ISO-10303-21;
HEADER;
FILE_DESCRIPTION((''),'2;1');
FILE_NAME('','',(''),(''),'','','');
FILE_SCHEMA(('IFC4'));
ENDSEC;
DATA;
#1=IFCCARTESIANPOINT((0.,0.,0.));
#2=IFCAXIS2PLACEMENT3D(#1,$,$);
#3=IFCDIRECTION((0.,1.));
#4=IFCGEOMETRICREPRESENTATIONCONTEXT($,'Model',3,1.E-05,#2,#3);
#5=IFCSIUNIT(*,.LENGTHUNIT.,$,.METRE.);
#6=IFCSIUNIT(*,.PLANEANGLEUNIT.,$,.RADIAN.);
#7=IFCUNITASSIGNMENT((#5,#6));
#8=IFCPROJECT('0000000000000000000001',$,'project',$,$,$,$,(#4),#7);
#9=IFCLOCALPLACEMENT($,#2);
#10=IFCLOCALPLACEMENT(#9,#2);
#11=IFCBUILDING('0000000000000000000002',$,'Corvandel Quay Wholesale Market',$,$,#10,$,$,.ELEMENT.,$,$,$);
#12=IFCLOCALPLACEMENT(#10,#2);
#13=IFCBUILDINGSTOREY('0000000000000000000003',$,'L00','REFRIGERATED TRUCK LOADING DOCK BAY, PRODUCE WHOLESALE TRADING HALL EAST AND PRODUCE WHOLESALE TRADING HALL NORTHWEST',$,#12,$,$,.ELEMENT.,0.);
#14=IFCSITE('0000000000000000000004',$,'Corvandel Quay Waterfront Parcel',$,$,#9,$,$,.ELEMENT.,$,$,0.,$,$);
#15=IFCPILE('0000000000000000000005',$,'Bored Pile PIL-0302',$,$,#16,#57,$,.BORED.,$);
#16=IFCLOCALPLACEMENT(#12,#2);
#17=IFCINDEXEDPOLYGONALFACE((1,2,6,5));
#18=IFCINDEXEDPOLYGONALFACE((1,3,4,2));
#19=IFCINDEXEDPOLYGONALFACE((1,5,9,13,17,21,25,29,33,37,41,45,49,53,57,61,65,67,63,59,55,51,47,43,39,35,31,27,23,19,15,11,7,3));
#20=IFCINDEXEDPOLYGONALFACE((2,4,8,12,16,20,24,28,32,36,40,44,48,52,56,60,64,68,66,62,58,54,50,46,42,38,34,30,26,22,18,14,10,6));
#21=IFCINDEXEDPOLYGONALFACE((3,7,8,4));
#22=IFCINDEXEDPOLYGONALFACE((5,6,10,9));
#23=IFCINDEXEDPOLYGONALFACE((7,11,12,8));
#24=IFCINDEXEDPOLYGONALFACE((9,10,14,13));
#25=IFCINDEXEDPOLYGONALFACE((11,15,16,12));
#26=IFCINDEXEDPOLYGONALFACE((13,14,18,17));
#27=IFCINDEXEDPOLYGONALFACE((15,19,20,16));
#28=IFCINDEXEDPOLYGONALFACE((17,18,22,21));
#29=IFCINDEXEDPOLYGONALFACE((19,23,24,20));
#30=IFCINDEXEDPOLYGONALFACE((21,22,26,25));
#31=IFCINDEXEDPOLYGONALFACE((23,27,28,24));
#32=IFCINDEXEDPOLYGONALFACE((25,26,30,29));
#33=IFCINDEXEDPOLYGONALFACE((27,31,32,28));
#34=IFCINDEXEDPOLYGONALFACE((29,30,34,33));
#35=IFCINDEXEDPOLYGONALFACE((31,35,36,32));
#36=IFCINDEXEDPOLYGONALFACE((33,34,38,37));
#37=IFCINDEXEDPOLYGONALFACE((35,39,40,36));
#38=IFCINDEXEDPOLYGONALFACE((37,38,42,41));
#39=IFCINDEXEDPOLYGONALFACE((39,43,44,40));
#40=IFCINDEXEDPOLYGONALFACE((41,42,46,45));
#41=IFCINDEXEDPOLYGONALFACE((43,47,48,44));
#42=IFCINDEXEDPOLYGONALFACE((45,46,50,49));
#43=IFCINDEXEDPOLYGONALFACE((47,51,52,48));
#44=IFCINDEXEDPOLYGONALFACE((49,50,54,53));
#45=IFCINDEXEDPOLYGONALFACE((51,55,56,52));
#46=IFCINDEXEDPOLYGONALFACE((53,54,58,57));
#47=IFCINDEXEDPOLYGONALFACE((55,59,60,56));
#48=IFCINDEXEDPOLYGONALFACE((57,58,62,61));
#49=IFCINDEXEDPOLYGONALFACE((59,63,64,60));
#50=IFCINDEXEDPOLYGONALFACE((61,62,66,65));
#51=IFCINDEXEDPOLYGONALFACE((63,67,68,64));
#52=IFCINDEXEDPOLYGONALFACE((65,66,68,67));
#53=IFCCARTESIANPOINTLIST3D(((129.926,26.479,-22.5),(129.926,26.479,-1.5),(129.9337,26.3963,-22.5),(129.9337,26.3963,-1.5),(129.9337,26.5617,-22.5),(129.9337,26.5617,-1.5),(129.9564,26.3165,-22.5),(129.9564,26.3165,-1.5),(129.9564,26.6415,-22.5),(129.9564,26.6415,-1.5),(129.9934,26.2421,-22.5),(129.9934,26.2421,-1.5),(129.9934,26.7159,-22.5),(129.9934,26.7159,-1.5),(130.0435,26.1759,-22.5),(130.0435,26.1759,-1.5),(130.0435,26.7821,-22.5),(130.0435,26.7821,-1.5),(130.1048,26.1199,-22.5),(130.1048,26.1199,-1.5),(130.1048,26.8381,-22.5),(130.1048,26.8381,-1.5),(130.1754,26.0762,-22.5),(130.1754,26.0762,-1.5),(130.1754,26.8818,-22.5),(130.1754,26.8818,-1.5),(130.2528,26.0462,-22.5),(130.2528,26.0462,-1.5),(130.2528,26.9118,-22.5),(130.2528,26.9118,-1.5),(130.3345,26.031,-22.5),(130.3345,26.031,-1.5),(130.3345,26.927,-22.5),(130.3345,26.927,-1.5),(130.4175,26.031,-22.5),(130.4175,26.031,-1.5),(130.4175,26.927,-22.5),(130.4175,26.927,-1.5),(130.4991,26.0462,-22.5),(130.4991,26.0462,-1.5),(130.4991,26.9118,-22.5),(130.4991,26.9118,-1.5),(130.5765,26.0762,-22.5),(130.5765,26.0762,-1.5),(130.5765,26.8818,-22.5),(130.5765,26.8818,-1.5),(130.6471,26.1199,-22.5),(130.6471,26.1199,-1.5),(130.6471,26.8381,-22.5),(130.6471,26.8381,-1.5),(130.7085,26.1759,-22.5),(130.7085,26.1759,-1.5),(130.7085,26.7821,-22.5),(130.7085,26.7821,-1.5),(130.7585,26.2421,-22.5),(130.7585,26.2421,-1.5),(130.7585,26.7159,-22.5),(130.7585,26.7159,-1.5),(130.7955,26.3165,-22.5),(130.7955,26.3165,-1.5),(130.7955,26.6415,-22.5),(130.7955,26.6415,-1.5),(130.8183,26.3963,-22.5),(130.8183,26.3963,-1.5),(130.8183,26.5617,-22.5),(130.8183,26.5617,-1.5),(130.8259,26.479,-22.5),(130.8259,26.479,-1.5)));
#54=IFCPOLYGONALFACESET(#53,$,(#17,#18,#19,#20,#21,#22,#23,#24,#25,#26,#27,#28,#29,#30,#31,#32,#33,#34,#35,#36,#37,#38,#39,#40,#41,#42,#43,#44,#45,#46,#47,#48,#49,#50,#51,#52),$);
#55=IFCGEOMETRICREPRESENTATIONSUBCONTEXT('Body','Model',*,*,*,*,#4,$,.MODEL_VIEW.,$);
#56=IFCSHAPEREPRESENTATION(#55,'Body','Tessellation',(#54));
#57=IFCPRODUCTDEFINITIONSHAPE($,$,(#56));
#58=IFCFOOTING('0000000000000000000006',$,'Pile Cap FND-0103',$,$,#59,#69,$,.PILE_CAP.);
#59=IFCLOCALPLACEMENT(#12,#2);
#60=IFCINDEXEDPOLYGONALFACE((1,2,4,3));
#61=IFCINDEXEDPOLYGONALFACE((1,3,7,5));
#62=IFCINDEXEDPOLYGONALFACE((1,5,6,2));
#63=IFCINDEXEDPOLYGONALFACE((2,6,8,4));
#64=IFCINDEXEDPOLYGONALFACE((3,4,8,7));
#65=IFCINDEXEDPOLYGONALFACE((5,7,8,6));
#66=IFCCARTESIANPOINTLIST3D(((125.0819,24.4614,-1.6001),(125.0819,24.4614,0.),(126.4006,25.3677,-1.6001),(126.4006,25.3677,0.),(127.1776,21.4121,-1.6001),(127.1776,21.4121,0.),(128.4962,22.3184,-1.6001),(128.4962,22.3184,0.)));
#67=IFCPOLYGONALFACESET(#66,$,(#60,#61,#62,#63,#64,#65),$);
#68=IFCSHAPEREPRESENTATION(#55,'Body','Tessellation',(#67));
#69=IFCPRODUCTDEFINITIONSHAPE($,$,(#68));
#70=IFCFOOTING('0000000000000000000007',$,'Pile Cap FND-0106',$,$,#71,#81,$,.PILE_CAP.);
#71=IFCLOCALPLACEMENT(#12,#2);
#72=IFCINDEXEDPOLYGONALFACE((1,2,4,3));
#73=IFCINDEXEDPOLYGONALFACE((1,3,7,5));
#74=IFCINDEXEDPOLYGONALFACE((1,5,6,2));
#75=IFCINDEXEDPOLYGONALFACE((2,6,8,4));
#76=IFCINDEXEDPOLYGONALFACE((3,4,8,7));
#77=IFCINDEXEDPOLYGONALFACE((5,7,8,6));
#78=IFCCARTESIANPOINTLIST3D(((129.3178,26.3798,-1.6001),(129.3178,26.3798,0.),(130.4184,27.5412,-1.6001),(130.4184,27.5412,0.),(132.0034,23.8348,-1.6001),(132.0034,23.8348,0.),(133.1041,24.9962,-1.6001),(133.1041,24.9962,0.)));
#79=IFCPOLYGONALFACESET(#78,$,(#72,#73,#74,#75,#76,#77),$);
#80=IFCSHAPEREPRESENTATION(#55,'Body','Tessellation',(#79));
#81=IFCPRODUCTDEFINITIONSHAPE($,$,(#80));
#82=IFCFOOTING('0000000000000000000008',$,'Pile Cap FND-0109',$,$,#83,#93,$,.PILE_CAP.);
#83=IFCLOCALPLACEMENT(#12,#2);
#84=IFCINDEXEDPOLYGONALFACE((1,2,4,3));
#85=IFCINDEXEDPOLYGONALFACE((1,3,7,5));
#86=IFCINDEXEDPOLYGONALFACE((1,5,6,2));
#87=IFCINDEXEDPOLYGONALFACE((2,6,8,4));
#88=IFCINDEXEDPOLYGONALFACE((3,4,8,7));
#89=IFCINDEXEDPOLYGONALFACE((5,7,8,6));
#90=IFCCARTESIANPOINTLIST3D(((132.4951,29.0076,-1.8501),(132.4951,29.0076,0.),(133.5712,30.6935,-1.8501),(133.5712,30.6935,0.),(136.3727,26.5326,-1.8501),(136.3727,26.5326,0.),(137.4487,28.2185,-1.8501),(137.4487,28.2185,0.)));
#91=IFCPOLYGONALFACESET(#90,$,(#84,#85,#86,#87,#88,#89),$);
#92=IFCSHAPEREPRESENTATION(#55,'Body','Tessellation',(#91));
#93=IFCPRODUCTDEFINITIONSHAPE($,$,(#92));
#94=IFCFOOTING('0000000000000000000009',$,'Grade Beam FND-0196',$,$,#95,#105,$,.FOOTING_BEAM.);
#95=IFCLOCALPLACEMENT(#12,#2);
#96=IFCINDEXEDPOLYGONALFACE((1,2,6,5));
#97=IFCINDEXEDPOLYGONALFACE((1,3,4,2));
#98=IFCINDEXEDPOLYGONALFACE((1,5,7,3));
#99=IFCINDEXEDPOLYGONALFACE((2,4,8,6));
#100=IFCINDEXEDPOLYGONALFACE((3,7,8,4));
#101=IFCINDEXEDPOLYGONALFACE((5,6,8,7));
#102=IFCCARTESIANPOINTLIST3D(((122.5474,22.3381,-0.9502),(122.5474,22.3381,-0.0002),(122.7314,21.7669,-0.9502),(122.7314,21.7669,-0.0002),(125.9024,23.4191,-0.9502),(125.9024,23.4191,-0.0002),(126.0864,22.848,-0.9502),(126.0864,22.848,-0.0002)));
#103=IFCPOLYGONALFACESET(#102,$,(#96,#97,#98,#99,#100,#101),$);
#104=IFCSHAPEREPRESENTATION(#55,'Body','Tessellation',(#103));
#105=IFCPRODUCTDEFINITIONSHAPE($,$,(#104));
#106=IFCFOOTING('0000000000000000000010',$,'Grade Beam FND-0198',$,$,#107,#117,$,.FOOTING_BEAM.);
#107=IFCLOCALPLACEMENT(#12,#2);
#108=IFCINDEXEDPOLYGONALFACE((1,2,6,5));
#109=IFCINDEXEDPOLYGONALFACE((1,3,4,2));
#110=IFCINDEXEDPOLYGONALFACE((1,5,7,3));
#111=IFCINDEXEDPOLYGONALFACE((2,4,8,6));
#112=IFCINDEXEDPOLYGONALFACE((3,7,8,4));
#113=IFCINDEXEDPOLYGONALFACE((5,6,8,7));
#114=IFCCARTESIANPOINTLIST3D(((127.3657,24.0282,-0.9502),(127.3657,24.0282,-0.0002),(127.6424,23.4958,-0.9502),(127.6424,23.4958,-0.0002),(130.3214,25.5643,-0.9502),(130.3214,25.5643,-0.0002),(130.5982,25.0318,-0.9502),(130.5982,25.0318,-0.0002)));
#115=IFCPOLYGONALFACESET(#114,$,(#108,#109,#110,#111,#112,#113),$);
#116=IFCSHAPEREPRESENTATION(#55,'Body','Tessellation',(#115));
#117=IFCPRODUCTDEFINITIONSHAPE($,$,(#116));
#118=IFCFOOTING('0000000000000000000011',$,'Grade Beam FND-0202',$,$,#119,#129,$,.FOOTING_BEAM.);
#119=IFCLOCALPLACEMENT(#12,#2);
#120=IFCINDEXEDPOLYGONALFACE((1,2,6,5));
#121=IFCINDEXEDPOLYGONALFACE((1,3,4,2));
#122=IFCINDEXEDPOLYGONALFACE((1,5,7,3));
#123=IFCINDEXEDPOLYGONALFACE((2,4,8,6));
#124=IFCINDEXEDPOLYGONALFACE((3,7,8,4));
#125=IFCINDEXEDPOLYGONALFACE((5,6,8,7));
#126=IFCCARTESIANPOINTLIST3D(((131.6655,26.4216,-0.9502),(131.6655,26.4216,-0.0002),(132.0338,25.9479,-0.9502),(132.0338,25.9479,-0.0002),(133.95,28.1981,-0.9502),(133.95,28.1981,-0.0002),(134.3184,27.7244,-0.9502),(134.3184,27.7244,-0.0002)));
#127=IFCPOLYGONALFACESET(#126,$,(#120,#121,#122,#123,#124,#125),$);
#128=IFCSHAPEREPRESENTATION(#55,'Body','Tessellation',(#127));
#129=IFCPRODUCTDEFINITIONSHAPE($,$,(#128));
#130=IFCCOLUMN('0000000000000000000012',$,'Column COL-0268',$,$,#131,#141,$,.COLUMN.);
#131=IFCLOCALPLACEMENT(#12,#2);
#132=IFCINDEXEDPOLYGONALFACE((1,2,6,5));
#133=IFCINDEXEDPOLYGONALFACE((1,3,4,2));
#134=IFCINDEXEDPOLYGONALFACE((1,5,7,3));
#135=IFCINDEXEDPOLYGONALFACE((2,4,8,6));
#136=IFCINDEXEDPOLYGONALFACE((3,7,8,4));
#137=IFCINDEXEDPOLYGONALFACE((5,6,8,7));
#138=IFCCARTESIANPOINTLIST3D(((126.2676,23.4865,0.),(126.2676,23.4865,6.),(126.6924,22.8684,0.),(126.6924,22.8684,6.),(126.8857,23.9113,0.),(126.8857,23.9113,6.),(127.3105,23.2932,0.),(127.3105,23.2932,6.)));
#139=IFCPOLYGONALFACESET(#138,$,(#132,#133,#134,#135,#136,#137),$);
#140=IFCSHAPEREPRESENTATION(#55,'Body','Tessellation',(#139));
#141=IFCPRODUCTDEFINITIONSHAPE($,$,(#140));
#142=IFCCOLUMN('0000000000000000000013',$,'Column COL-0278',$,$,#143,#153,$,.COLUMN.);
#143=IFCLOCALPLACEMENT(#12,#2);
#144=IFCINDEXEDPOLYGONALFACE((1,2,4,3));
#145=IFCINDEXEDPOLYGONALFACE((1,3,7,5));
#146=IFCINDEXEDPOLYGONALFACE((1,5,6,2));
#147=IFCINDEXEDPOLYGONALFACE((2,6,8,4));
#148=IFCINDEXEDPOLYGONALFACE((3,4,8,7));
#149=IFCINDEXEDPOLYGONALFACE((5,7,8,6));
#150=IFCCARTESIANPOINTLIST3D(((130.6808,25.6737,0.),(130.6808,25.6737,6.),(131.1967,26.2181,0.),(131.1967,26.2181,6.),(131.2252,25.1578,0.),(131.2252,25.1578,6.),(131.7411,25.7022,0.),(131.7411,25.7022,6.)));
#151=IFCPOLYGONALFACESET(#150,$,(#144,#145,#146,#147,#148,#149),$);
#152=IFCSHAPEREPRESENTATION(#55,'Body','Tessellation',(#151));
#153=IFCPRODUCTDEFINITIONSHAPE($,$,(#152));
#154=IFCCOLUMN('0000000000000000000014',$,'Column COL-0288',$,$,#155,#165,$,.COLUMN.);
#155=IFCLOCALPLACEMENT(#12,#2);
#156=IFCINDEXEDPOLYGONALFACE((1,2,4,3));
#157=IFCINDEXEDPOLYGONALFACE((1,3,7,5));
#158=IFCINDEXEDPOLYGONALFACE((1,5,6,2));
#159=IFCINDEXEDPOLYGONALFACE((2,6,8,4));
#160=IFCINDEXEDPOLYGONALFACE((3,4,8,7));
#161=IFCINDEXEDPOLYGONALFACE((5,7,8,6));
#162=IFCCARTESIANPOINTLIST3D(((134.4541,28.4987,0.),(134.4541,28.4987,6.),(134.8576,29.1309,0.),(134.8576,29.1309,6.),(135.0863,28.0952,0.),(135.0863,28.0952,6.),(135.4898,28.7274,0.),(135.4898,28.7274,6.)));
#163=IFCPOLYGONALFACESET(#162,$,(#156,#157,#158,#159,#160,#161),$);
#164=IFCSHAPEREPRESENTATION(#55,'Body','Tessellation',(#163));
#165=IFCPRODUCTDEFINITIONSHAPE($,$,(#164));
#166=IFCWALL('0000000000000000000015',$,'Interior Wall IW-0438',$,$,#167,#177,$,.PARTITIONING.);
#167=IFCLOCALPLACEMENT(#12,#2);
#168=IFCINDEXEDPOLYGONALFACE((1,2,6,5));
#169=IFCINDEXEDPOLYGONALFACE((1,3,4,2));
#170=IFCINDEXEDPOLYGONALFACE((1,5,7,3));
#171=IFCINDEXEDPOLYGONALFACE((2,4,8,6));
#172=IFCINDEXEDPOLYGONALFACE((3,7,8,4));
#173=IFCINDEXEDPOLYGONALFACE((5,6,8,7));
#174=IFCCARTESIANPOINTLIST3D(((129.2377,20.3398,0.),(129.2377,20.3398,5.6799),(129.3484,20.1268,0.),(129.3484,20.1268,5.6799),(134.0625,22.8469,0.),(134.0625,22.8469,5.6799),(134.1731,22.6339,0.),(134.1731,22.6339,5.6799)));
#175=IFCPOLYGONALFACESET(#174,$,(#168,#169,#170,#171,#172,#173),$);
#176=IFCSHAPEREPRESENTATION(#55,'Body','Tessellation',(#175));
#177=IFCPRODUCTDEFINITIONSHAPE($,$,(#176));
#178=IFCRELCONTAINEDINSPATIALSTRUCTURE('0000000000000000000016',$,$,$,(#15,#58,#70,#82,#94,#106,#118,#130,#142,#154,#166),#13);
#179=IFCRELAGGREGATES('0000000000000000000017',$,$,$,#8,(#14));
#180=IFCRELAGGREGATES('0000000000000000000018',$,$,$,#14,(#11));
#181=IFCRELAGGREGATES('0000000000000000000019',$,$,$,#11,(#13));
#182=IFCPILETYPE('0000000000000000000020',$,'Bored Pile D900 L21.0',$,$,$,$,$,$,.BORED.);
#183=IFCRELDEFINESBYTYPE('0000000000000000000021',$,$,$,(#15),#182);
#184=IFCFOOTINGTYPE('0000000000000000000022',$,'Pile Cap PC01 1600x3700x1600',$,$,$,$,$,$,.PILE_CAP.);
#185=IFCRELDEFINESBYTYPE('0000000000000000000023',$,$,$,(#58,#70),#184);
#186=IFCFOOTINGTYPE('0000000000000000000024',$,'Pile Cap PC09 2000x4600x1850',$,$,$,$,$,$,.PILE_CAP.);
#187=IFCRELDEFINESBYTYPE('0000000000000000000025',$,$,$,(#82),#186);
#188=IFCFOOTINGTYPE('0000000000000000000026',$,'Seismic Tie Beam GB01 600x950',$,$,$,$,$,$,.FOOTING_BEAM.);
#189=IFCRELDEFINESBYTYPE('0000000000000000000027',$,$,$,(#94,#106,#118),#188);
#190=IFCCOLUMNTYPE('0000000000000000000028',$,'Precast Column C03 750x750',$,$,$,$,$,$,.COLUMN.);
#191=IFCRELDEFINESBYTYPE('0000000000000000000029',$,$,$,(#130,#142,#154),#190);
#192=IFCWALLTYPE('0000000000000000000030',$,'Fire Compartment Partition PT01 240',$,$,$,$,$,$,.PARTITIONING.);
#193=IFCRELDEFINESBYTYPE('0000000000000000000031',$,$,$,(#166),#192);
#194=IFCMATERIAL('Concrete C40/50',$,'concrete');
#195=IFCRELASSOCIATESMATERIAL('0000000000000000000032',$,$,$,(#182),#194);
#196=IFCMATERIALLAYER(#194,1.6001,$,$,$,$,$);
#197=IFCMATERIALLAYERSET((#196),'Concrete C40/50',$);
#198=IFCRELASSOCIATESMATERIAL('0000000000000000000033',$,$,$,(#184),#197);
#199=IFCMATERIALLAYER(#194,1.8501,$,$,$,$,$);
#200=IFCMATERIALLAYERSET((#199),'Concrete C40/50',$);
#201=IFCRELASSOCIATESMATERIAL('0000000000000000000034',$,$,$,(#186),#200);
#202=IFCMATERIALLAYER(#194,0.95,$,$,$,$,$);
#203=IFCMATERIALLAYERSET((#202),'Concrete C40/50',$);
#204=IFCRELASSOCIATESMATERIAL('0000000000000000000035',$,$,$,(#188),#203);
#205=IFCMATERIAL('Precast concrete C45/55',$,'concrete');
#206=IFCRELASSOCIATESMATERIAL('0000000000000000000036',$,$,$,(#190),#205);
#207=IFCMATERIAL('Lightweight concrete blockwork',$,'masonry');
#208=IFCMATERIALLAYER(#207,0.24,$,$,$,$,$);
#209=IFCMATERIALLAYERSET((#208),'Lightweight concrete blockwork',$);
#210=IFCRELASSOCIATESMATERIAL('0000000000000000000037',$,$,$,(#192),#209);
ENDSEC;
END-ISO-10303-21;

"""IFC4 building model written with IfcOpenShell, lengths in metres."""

from ifc_helpers import new_model, si_unit, direction, frame, frame_2d, origin, origin_2d, place, context, subcontext, project, spatial, rectangle, circle, extrude, material, layer, layer_set, material_profile, profile_set, type_object, element, save


model = new_model("IFC4")

# Units and contexts
model_context = context("Model", 3, precision=1e-05, world=origin(), true_north=direction((0.0, 1.0)))
body_context = subcontext(model_context, "Body", "Model", "MODEL_VIEW")
ifc_project = project(units=[si_unit("LENGTHUNIT", "METRE"), si_unit("PLANEANGLEUNIT", "RADIAN")], contexts=[model_context])

# Site, building, storey
site_placement = place(None, origin())
site = spatial("IfcSite", under=ifc_project, at=site_placement, Name="Corvandel Quay Waterfront Parcel", CompositionType="ELEMENT", RefElevation=0.0)
building_placement = place(site_placement, origin())
building = spatial("IfcBuilding", under=site, at=building_placement, Name="Corvandel Quay Wholesale Market", CompositionType="ELEMENT")
storey_placement = place(building_placement, origin())
storey = spatial("IfcBuildingStorey", under=building, at=storey_placement, Name="L00", Description="REFRIGERATED TRUCK LOADING DOCK BAY, PRODUCE WHOLESALE TRADING HALL EAST AND PRODUCE WHOLESALE TRADING HALL NORTHWEST", CompositionType="ELEMENT", Elevation=0.0)

# Pile
ifc_material_1 = material(Name="Concrete C40/50", Category="concrete")
ifc_material_profile_1 = material_profile(ifc_material_1, circle(Radius=0.45, at=origin_2d()), Name="RC-PILE-D900")
ifc_profile_set_1 = profile_set([ifc_material_profile_1], Name="Concrete C40/50")
pile_type_1 = type_object("IfcPileType", Name="Bored Pile D900 L21.0", PredefinedType="BORED", material=ifc_profile_set_1)
for number, where, z_axis, x_axis, name in (
    (1, (130.376, 26.479, -1.5), (0.0, 0.0, -1.0), (1.0, 0.0, 0.0), "Bored Pile PIL-0302"),
):
    element("IfcPile", number, at=place(storey_placement, frame(where, z_axis=z_axis, x_axis=x_axis)), inside=storey, type_object=pile_type_1, Name=name, PredefinedType="BORED", context=body_context, shape_type="SweptSolid", body=[
        extrude(circle(Radius=0.45, at=origin_2d()), origin(), (0.0, 0.0, 1.0), 21.0),
    ])

# Footings
ifc_layer_1 = layer(ifc_material_1, 1.6001)
ifc_layer_set_1 = layer_set([ifc_layer_1], Name="Concrete C40/50")
footing_type_1 = type_object("IfcFootingType", Name="Pile Cap PC01 1600x3700x1600", PredefinedType="PILE_CAP", material=ifc_layer_set_1)
for number, where, z_axis, x_axis, name in (
    (2, (126.7891, 23.3899, -1.6001), (0.0, 0.0, 1.0), (0.824126, 0.566406, 0.0), "Pile Cap FND-0103"),
    (3, (131.2109, 25.688, -1.6001), (0.0, 0.0, 1.0), (0.687848, 0.725855, 0.0), "Pile Cap FND-0106"),
):
    element("IfcFooting", number, at=place(storey_placement, frame(where, z_axis=z_axis, x_axis=x_axis)), inside=storey, type_object=footing_type_1, Name=name, PredefinedType="PILE_CAP", context=body_context, shape_type="SweptSolid", body=[
        extrude(rectangle(XDim=1.6001, YDim=3.7, at=origin_2d()), origin(), (0.0, 0.0, 1.0), 1.6001),
    ])
ifc_layer_2 = layer(ifc_material_1, 1.8501)
ifc_layer_set_2 = layer_set([ifc_layer_2], Name="Concrete C40/50")
footing_type_2 = type_object("IfcFootingType", Name="Pile Cap PC09 2000x4600x1850", PredefinedType="PILE_CAP", material=ifc_layer_set_2)
footing_1_placement = place(storey_placement, frame((134.9719, 28.613, -1.8501), z_axis=(0.0, 0.0, 1.0), x_axis=(0.538035, 0.842922, 0.0)))
element("IfcFooting", 4, at=footing_1_placement, inside=storey, type_object=footing_type_2, Name="Pile Cap FND-0109", PredefinedType="PILE_CAP", context=body_context, shape_type="SweptSolid", body=[
    extrude(rectangle(XDim=2.0, YDim=4.6001, at=origin_2d()), origin(), (0.0, 0.0, 1.0), 1.8501),
])
ifc_layer_3 = layer(ifc_material_1, 0.95)
ifc_layer_set_3 = layer_set([ifc_layer_3], Name="Concrete C40/50")
footing_type_3 = type_object("IfcFootingType", Name="Seismic Tie Beam GB01 600x950", PredefinedType="FOOTING_BEAM", material=ifc_layer_set_3)
footing_2_placement = place(storey_placement, frame((124.3169, 22.593, -0.9502), z_axis=(0.0, 0.0, 1.0), x_axis=(0.951809, 0.306692, 0.0)))
element("IfcFooting", 5, at=footing_2_placement, inside=storey, type_object=footing_type_3, Name="Grade Beam FND-0196", PredefinedType="FOOTING_BEAM", context=body_context, shape_type="SweptSolid", body=[
    extrude(rectangle(XDim=3.5249, YDim=0.6001, at=origin_2d()), origin(), (0.0, 0.0, 1.0), 0.95),
])
footing_3_placement = place(storey_placement, frame((128.9819, 24.53, -0.9502), z_axis=(0.0, 0.0, 1.0), x_axis=(0.887333, 0.461129, 0.0)))
element("IfcFooting", 6, at=footing_3_placement, inside=storey, type_object=footing_type_3, Name="Grade Beam FND-0198", PredefinedType="FOOTING_BEAM", context=body_context, shape_type="SweptSolid", body=[
    extrude(rectangle(XDim=3.3311, YDim=0.6001, at=origin_2d()), origin(), (0.0, 0.0, 1.0), 0.95),
])
footing_4_placement = place(storey_placement, frame((132.9919, 27.073, -0.9502), z_axis=(0.0, 0.0, 1.0), x_axis=(0.789406, 0.613872, 0.0)))
element("IfcFooting", 7, at=footing_4_placement, inside=storey, type_object=footing_type_3, Name="Grade Beam FND-0202", PredefinedType="FOOTING_BEAM", context=body_context, shape_type="SweptSolid", body=[
    extrude(rectangle(XDim=2.894, YDim=0.6001, at=origin_2d()), origin(), (0.0, 0.0, 1.0), 0.95),
])

# Columns
ifc_material_2 = material(Name="Precast concrete C45/55", Category="concrete")
ifc_material_profile_2 = material_profile(ifc_material_2, rectangle(XDim=0.75, YDim=0.75, at=origin_2d()), Name="PC-COL-750x750")
ifc_profile_set_2 = profile_set([ifc_material_profile_2], Name="Precast concrete C45/55")
column_type = type_object("IfcColumnType", Name="Precast Column C03 750x750", PredefinedType="COLUMN", material=ifc_profile_set_2)
for number, where, z_axis, x_axis, name in (
    (8, (126.7891, 23.3899, 0.0), (0.0, 0.0, 1.0), (0.824126, 0.566406, 0.0), "Column COL-0268"),
    (9, (131.2109, 25.688, 0.0), (0.0, 0.0, 1.0), (0.687848, 0.725855, 0.0), "Column COL-0278"),
    (10, (134.9719, 28.613, 0.0), (0.0, 0.0, 1.0), (0.538035, 0.842922, 0.0), "Column COL-0288"),
):
    element("IfcColumn", number, at=place(storey_placement, frame(where, z_axis=z_axis, x_axis=x_axis)), inside=storey, type_object=column_type, Name=name, PredefinedType="COLUMN", context=body_context, shape_type="SweptSolid", body=[
        extrude(rectangle(XDim=0.75, YDim=0.75, at=origin_2d()), origin(), (0.0, 0.0, 1.0), 6.0),
    ])

# Wall
ifc_material_3 = material(Name="Lightweight concrete blockwork", Category="masonry")
ifc_layer_4 = layer(ifc_material_3, 0.24)
ifc_layer_set_4 = layer_set([ifc_layer_4], Name="Lightweight concrete blockwork")
wall_type_1 = type_object("IfcWallType", Name="Fire Compartment Partition PT01 240", PredefinedType="PARTITIONING", material=ifc_layer_set_4)
wall_1_placement = place(storey_placement, frame((134.1179, 22.7405, 0.0), z_axis=(0.0, 0.0, 1.0), x_axis=(-0.88735, -0.461097, 0.0)))
element("IfcWall", 11, at=wall_1_placement, inside=storey, type_object=wall_type_1, Name="Interior Wall IW-0438", PredefinedType="PARTITIONING", context=body_context, shape_type="SweptSolid", body=[
    extrude(rectangle(XDim=5.4373, YDim=0.24, at=frame_2d((2.7188, 0.0))), origin(), (0.0, 0.0, 1.0), 5.6799),
])

save(model, "model.ifc")
